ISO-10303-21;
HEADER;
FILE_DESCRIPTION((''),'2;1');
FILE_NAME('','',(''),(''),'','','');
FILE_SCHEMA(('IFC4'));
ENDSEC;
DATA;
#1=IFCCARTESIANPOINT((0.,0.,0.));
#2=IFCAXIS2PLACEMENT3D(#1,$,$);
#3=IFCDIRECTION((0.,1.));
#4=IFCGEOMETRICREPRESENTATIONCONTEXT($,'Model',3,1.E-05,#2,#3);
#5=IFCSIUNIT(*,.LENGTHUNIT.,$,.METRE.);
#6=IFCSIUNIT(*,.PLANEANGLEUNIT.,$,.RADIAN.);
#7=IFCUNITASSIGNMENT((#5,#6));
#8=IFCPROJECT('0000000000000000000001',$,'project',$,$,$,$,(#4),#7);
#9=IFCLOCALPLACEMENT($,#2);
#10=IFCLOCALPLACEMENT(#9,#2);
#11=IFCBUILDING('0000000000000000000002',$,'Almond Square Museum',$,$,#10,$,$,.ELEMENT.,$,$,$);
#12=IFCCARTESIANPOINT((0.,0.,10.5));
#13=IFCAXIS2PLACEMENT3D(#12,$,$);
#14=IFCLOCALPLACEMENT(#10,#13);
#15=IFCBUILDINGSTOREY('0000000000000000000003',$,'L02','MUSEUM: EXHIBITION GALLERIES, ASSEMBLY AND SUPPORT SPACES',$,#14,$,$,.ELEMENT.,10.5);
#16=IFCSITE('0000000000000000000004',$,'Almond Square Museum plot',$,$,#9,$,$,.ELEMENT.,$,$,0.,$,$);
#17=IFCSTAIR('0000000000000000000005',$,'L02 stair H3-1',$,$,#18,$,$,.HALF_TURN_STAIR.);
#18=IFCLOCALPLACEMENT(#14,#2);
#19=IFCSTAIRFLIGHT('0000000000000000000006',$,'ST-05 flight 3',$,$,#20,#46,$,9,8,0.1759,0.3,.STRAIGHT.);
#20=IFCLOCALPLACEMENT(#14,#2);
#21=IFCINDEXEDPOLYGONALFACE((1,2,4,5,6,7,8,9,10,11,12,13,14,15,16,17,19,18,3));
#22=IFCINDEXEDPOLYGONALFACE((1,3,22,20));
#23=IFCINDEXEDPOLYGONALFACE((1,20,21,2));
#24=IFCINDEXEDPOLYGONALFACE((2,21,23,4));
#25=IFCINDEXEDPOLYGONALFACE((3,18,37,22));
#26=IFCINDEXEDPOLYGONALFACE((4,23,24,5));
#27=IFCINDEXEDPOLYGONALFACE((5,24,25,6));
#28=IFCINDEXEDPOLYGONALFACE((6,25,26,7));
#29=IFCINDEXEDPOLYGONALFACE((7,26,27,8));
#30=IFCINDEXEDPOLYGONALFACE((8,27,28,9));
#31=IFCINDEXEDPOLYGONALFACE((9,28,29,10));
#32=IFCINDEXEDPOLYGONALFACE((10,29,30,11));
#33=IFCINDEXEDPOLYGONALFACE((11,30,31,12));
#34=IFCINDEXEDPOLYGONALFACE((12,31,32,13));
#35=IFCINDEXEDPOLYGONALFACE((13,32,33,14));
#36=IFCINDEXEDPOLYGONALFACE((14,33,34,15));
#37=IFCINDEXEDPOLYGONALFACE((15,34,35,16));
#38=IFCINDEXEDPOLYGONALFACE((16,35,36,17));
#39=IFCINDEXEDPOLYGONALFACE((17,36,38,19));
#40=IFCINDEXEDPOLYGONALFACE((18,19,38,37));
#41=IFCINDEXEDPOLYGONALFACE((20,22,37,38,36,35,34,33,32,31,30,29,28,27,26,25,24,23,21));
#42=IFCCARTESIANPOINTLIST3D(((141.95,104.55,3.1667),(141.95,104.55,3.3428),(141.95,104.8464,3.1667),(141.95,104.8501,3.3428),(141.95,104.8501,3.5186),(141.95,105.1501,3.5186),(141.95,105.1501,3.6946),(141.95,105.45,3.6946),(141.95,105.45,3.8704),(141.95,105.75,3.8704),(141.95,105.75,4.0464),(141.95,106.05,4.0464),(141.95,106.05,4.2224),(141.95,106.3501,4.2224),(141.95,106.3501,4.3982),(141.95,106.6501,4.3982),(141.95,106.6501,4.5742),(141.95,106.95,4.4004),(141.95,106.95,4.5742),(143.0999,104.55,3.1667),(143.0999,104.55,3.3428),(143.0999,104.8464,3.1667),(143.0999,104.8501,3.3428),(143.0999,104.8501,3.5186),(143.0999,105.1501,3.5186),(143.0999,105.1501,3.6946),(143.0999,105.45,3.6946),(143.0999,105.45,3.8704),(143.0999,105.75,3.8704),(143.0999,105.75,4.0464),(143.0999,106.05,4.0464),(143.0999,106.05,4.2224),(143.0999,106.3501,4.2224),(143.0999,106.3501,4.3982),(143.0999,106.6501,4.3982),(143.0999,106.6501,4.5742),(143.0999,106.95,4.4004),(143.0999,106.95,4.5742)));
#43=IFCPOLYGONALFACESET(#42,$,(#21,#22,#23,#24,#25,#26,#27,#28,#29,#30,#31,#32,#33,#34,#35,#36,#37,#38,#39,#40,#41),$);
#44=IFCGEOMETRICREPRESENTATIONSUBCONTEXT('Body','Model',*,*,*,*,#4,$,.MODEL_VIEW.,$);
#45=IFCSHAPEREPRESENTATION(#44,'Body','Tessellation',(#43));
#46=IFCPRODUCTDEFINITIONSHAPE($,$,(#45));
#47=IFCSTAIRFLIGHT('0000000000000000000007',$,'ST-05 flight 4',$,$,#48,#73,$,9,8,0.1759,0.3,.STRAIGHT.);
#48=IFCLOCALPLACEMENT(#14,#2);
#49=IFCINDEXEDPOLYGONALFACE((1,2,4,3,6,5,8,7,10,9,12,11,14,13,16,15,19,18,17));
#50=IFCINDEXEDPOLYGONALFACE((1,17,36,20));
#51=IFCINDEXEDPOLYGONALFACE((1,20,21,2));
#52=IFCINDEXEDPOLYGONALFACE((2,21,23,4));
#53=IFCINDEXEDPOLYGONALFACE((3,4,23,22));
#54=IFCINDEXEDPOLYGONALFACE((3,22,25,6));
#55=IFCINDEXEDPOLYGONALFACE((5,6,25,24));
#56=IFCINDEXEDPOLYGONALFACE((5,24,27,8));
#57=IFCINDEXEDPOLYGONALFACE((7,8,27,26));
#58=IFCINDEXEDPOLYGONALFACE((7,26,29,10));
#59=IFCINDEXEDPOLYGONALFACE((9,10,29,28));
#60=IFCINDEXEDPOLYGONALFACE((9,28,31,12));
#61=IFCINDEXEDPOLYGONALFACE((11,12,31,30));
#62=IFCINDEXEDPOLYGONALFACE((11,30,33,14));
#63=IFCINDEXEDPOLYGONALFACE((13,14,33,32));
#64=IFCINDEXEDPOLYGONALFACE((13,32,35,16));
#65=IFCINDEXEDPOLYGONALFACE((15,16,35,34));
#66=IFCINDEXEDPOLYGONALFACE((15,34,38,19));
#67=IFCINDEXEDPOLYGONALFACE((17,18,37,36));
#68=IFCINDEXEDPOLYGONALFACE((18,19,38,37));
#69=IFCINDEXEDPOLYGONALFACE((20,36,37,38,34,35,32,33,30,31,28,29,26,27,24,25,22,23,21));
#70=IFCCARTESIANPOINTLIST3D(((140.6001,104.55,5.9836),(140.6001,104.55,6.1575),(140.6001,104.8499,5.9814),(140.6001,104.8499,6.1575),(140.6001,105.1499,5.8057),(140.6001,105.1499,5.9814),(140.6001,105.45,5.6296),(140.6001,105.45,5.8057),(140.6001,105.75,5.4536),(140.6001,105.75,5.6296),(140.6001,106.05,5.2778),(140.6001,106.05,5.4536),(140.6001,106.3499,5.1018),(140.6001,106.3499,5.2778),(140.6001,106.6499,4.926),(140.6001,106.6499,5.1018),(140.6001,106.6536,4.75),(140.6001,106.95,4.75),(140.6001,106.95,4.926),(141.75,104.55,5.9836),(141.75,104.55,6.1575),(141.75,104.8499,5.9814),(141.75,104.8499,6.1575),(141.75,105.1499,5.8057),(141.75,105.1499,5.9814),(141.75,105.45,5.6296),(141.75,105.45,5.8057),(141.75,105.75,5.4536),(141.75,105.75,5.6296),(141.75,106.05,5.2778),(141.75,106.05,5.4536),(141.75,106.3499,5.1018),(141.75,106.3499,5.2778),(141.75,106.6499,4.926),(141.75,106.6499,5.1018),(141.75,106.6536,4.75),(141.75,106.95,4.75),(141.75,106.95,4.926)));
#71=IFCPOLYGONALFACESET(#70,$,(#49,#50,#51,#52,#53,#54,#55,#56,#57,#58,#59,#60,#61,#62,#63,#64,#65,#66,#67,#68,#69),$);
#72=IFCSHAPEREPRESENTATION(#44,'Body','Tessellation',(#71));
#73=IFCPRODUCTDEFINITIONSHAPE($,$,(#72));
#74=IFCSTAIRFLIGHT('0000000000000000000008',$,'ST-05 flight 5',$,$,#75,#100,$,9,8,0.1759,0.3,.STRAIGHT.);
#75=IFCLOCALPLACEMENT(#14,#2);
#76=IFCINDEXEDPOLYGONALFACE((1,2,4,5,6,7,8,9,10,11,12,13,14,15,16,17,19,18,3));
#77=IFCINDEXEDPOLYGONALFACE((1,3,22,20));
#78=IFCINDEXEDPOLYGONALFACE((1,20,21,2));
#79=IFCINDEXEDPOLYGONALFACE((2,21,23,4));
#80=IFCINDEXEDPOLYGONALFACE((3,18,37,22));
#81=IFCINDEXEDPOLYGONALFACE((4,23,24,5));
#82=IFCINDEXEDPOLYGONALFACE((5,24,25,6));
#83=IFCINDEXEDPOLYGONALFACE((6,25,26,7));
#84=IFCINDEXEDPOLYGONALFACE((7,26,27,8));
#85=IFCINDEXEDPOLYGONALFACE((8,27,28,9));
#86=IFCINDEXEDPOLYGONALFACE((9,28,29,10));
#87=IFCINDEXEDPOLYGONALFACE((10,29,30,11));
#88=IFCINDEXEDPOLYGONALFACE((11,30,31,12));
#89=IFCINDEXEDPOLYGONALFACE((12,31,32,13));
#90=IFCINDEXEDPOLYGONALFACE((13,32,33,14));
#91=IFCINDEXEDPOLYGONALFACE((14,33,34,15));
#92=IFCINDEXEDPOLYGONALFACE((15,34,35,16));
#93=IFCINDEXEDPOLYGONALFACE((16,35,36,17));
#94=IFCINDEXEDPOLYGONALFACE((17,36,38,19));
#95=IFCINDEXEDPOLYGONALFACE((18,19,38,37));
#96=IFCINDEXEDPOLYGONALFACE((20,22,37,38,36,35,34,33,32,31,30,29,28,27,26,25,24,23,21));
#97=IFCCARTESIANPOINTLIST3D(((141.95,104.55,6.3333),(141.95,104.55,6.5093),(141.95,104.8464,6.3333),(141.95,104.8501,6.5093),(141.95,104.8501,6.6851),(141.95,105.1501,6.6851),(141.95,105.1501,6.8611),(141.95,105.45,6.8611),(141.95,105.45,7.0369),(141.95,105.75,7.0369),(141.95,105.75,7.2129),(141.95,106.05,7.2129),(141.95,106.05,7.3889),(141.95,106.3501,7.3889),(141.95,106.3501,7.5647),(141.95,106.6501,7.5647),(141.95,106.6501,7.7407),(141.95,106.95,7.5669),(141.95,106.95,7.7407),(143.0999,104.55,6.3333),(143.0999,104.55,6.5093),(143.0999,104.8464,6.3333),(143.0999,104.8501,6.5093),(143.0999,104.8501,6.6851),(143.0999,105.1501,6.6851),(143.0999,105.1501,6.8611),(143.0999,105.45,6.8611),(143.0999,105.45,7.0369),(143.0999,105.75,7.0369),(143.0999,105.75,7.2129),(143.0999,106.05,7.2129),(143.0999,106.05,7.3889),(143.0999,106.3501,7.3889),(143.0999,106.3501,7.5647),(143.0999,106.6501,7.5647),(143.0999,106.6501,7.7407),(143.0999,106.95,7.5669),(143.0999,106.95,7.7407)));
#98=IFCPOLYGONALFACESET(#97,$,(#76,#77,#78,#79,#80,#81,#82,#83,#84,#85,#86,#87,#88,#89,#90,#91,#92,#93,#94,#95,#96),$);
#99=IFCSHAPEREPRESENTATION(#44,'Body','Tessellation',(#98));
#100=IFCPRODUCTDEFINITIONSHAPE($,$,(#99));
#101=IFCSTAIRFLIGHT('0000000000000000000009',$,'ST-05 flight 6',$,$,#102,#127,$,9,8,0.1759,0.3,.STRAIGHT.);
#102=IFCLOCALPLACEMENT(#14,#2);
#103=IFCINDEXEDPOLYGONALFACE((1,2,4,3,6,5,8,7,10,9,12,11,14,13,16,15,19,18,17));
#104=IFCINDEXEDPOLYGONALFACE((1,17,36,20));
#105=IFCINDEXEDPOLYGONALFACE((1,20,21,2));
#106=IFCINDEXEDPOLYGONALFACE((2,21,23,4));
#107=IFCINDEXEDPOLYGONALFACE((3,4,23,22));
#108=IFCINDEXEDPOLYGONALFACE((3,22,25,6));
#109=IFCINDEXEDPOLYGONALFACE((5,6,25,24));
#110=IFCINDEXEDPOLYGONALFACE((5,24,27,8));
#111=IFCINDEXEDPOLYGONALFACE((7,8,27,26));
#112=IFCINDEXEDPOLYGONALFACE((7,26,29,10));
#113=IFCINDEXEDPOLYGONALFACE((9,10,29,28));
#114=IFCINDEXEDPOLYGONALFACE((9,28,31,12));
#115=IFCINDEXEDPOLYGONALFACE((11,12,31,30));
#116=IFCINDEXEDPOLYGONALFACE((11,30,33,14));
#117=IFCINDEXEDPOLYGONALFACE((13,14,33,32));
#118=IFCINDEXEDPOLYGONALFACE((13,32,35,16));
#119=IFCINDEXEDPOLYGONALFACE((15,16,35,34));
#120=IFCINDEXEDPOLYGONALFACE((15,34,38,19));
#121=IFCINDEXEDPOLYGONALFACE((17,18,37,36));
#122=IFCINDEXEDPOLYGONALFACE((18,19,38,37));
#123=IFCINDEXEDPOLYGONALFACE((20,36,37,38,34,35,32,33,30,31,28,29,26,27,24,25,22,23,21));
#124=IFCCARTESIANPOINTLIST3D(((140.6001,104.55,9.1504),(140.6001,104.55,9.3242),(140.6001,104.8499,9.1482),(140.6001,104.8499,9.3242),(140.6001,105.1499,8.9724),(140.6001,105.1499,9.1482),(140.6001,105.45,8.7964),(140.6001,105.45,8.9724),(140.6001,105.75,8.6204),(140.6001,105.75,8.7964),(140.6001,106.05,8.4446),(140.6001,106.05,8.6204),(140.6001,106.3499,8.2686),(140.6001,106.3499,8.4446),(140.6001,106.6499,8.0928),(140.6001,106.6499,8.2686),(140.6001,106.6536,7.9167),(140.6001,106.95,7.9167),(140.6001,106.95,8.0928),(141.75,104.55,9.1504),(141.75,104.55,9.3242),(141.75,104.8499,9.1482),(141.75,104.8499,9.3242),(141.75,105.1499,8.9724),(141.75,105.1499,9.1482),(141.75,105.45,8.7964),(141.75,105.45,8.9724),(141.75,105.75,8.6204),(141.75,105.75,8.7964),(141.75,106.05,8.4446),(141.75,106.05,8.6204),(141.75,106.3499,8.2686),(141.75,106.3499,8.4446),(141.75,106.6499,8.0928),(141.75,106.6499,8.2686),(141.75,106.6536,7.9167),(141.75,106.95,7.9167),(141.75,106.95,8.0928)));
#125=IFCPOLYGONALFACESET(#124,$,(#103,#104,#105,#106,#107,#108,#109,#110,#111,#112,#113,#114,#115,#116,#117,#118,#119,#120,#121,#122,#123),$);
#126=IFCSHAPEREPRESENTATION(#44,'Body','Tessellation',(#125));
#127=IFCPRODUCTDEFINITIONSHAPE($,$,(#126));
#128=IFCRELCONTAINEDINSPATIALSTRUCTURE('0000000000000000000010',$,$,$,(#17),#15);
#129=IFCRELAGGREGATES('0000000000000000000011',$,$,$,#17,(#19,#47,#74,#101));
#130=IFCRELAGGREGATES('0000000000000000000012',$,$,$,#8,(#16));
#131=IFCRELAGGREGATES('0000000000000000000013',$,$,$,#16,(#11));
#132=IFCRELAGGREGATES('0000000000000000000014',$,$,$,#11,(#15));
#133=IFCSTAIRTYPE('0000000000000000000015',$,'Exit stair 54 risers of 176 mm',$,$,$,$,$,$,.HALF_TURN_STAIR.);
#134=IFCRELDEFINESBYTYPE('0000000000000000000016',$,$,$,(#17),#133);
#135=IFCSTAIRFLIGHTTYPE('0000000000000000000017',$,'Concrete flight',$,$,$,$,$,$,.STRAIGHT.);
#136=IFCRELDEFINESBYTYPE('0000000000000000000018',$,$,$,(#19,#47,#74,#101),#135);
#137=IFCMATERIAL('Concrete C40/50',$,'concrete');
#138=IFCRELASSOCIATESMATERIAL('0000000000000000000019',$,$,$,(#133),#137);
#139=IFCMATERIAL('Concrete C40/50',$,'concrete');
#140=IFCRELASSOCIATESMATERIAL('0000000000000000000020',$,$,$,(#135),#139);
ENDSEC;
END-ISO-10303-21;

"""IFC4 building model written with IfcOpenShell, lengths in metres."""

from ifc_helpers import new_model, si_unit, direction, frame, origin, place, context, subcontext, project, spatial, polyline, outline, extrude, material, type_object, element, aggregate, save


model = new_model("IFC4")

# Units and contexts
model_context = context("Model", 3, precision=1e-05, world=origin(), true_north=direction((0.0, 1.0)))
body_context = subcontext(model_context, "Body", "Model", "MODEL_VIEW")
ifc_project = project(units=[si_unit("LENGTHUNIT", "METRE"), si_unit("PLANEANGLEUNIT", "RADIAN")], contexts=[model_context])

# Site, building, storey
site_placement = place(None, origin())
site = spatial("IfcSite", under=ifc_project, at=site_placement, Name="Almond Square Museum plot", CompositionType="ELEMENT", RefElevation=0.0)
building_placement = place(site_placement, origin())
building = spatial("IfcBuilding", under=site, at=building_placement, Name="Almond Square Museum", CompositionType="ELEMENT")
storey_placement = place(building_placement, frame((0.0, 0.0, 10.5)))
storey = spatial("IfcBuildingStorey", under=building, at=storey_placement, Name="L02", Description="MUSEUM: EXHIBITION GALLERIES, ASSEMBLY AND SUPPORT SPACES", CompositionType="ELEMENT", Elevation=10.5)

# Stair, stair flights
ifc_material_1 = material(Name="Concrete C40/50", Category="concrete")
stair_type = type_object("IfcStairType", Name="Exit stair 54 risers of 176 mm", PredefinedType="HALF_TURN_STAIR", material=ifc_material_1)
stair_placement = place(storey_placement, origin())
stair = element("IfcStair", 1, at=stair_placement, inside=storey, type_object=stair_type, Name="L02 stair H3-1", PredefinedType="HALF_TURN_STAIR")
ifc_material_2 = material(Name="Concrete C40/50", Category="concrete")
stair_flight_type = type_object("IfcStairFlightType", Name="Concrete flight", PredefinedType="STRAIGHT", material=ifc_material_2)
stair_flight_1_placement = place(storey_placement, frame((142.5249, 104.55, 3.1667), z_axis=(0.0, 0.0, 1.0), x_axis=(0.0, 1.0, 0.0)))
stair_flight_1 = element("IfcStairFlight", 2, at=stair_flight_1_placement, type_object=stair_flight_type, Name="ST-05 flight 3", NumberOfRisers=9, NumberOfTreads=8, PredefinedType="STRAIGHT", RiserHeight=0.1759, TreadLength=0.3, context=body_context, shape_type="SweptSolid", body=[
    extrude(outline(polyline([(0.0, 0.0), (0.0, 0.176), (0.3, 0.176), (0.3, 0.3518), (0.6001, 0.3518), (0.6001, 0.5278), (0.8999, 0.5278), (0.8999, 0.7036), (1.2, 0.7036), (1.2, 0.8796), (1.5, 0.8796), (1.5, 1.0557), (1.8, 1.0557), (1.8, 1.2314), (2.1001, 1.2314), (2.1001, 1.4075), (2.3999, 1.4075), (2.3999, 1.5833), (2.3999, 1.2336), (0.2964, 0.0), (0.0, 0.0)])), frame((0.0, 0.575, 0.0), z_axis=(0.0, -1.0, 0.0), x_axis=(1.0, 0.0, 0.0)), (0.0, 0.0, 1.0), 1.1499),
])
stair_flight_2_placement = place(storey_placement, frame((141.175, 106.95, 4.75), z_axis=(0.0, 0.0, 1.0), x_axis=(0.0, -1.0, 0.0)))
stair_flight_2 = element("IfcStairFlight", 3, at=stair_flight_2_placement, type_object=stair_flight_type, Name="ST-05 flight 4", NumberOfRisers=9, NumberOfTreads=8, PredefinedType="STRAIGHT", RiserHeight=0.1759, TreadLength=0.3, context=body_context, shape_type="SweptSolid", body=[
    extrude(outline(polyline([(0.0, 0.0), (0.0, 0.176), (0.3, 0.176), (0.3, 0.3518), (0.6001, 0.3518), (0.6001, 0.5278), (0.8999, 0.5278), (0.8999, 0.7036), (1.2, 0.7036), (1.2, 0.8796), (1.5, 0.8796), (1.5, 1.0557), (1.8, 1.0557), (1.8, 1.2314), (2.1001, 1.2314), (2.1001, 1.4075), (2.3999, 1.4075), (2.3999, 1.5833), (2.3999, 1.2336), (0.2964, 0.0), (0.0, 0.0)])), frame((0.0, 0.575, 0.0), z_axis=(0.0, -1.0, 0.0), x_axis=(1.0, 0.0, 0.0)), (0.0, 0.0, 1.0), 1.1499),
])
stair_flight_3_placement = place(storey_placement, frame((142.5249, 104.55, 6.3333), z_axis=(0.0, 0.0, 1.0), x_axis=(0.0, 1.0, 0.0)))
stair_flight_3 = element("IfcStairFlight", 4, at=stair_flight_3_placement, type_object=stair_flight_type, Name="ST-05 flight 5", NumberOfRisers=9, NumberOfTreads=8, PredefinedType="STRAIGHT", RiserHeight=0.1759, TreadLength=0.3, context=body_context, shape_type="SweptSolid", body=[
    extrude(outline(polyline([(0.0, 0.0), (0.0, 0.176), (0.3, 0.176), (0.3, 0.3518), (0.6001, 0.3518), (0.6001, 0.5278), (0.8999, 0.5278), (0.8999, 0.7036), (1.2, 0.7036), (1.2, 0.8796), (1.5, 0.8796), (1.5, 1.0557), (1.8, 1.0557), (1.8, 1.2314), (2.1001, 1.2314), (2.1001, 1.4075), (2.3999, 1.4075), (2.3999, 1.5833), (2.3999, 1.2336), (0.2964, 0.0), (0.0, 0.0)])), frame((0.0, 0.575, 0.0), z_axis=(0.0, -1.0, 0.0), x_axis=(1.0, 0.0, 0.0)), (0.0, 0.0, 1.0), 1.1499),
])
stair_flight_4_placement = place(storey_placement, frame((141.175, 106.95, 7.9167), z_axis=(0.0, 0.0, 1.0), x_axis=(0.0, -1.0, 0.0)))
stair_flight_4 = element("IfcStairFlight", 5, at=stair_flight_4_placement, type_object=stair_flight_type, Name="ST-05 flight 6", NumberOfRisers=9, NumberOfTreads=8, PredefinedType="STRAIGHT", RiserHeight=0.1759, TreadLength=0.3, context=body_context, shape_type="SweptSolid", body=[
    extrude(outline(polyline([(0.0, 0.0), (0.0, 0.176), (0.3, 0.176), (0.3, 0.3518), (0.6001, 0.3518), (0.6001, 0.5278), (0.8999, 0.5278), (0.8999, 0.7036), (1.2, 0.7036), (1.2, 0.8796), (1.5, 0.8796), (1.5, 1.0557), (1.8, 1.0557), (1.8, 1.2314), (2.1001, 1.2314), (2.1001, 1.4075), (2.3999, 1.4075), (2.3999, 1.5833), (2.3999, 1.2336), (0.2964, 0.0), (0.0, 0.0)])), frame((0.0, 0.575, 0.0), z_axis=(0.0, -1.0, 0.0), x_axis=(1.0, 0.0, 0.0)), (0.0, 0.0, 1.0), 1.1499),
])
aggregate(stair, [stair_flight_1, stair_flight_2, stair_flight_3, stair_flight_4])

save(model, "model.ifc")
